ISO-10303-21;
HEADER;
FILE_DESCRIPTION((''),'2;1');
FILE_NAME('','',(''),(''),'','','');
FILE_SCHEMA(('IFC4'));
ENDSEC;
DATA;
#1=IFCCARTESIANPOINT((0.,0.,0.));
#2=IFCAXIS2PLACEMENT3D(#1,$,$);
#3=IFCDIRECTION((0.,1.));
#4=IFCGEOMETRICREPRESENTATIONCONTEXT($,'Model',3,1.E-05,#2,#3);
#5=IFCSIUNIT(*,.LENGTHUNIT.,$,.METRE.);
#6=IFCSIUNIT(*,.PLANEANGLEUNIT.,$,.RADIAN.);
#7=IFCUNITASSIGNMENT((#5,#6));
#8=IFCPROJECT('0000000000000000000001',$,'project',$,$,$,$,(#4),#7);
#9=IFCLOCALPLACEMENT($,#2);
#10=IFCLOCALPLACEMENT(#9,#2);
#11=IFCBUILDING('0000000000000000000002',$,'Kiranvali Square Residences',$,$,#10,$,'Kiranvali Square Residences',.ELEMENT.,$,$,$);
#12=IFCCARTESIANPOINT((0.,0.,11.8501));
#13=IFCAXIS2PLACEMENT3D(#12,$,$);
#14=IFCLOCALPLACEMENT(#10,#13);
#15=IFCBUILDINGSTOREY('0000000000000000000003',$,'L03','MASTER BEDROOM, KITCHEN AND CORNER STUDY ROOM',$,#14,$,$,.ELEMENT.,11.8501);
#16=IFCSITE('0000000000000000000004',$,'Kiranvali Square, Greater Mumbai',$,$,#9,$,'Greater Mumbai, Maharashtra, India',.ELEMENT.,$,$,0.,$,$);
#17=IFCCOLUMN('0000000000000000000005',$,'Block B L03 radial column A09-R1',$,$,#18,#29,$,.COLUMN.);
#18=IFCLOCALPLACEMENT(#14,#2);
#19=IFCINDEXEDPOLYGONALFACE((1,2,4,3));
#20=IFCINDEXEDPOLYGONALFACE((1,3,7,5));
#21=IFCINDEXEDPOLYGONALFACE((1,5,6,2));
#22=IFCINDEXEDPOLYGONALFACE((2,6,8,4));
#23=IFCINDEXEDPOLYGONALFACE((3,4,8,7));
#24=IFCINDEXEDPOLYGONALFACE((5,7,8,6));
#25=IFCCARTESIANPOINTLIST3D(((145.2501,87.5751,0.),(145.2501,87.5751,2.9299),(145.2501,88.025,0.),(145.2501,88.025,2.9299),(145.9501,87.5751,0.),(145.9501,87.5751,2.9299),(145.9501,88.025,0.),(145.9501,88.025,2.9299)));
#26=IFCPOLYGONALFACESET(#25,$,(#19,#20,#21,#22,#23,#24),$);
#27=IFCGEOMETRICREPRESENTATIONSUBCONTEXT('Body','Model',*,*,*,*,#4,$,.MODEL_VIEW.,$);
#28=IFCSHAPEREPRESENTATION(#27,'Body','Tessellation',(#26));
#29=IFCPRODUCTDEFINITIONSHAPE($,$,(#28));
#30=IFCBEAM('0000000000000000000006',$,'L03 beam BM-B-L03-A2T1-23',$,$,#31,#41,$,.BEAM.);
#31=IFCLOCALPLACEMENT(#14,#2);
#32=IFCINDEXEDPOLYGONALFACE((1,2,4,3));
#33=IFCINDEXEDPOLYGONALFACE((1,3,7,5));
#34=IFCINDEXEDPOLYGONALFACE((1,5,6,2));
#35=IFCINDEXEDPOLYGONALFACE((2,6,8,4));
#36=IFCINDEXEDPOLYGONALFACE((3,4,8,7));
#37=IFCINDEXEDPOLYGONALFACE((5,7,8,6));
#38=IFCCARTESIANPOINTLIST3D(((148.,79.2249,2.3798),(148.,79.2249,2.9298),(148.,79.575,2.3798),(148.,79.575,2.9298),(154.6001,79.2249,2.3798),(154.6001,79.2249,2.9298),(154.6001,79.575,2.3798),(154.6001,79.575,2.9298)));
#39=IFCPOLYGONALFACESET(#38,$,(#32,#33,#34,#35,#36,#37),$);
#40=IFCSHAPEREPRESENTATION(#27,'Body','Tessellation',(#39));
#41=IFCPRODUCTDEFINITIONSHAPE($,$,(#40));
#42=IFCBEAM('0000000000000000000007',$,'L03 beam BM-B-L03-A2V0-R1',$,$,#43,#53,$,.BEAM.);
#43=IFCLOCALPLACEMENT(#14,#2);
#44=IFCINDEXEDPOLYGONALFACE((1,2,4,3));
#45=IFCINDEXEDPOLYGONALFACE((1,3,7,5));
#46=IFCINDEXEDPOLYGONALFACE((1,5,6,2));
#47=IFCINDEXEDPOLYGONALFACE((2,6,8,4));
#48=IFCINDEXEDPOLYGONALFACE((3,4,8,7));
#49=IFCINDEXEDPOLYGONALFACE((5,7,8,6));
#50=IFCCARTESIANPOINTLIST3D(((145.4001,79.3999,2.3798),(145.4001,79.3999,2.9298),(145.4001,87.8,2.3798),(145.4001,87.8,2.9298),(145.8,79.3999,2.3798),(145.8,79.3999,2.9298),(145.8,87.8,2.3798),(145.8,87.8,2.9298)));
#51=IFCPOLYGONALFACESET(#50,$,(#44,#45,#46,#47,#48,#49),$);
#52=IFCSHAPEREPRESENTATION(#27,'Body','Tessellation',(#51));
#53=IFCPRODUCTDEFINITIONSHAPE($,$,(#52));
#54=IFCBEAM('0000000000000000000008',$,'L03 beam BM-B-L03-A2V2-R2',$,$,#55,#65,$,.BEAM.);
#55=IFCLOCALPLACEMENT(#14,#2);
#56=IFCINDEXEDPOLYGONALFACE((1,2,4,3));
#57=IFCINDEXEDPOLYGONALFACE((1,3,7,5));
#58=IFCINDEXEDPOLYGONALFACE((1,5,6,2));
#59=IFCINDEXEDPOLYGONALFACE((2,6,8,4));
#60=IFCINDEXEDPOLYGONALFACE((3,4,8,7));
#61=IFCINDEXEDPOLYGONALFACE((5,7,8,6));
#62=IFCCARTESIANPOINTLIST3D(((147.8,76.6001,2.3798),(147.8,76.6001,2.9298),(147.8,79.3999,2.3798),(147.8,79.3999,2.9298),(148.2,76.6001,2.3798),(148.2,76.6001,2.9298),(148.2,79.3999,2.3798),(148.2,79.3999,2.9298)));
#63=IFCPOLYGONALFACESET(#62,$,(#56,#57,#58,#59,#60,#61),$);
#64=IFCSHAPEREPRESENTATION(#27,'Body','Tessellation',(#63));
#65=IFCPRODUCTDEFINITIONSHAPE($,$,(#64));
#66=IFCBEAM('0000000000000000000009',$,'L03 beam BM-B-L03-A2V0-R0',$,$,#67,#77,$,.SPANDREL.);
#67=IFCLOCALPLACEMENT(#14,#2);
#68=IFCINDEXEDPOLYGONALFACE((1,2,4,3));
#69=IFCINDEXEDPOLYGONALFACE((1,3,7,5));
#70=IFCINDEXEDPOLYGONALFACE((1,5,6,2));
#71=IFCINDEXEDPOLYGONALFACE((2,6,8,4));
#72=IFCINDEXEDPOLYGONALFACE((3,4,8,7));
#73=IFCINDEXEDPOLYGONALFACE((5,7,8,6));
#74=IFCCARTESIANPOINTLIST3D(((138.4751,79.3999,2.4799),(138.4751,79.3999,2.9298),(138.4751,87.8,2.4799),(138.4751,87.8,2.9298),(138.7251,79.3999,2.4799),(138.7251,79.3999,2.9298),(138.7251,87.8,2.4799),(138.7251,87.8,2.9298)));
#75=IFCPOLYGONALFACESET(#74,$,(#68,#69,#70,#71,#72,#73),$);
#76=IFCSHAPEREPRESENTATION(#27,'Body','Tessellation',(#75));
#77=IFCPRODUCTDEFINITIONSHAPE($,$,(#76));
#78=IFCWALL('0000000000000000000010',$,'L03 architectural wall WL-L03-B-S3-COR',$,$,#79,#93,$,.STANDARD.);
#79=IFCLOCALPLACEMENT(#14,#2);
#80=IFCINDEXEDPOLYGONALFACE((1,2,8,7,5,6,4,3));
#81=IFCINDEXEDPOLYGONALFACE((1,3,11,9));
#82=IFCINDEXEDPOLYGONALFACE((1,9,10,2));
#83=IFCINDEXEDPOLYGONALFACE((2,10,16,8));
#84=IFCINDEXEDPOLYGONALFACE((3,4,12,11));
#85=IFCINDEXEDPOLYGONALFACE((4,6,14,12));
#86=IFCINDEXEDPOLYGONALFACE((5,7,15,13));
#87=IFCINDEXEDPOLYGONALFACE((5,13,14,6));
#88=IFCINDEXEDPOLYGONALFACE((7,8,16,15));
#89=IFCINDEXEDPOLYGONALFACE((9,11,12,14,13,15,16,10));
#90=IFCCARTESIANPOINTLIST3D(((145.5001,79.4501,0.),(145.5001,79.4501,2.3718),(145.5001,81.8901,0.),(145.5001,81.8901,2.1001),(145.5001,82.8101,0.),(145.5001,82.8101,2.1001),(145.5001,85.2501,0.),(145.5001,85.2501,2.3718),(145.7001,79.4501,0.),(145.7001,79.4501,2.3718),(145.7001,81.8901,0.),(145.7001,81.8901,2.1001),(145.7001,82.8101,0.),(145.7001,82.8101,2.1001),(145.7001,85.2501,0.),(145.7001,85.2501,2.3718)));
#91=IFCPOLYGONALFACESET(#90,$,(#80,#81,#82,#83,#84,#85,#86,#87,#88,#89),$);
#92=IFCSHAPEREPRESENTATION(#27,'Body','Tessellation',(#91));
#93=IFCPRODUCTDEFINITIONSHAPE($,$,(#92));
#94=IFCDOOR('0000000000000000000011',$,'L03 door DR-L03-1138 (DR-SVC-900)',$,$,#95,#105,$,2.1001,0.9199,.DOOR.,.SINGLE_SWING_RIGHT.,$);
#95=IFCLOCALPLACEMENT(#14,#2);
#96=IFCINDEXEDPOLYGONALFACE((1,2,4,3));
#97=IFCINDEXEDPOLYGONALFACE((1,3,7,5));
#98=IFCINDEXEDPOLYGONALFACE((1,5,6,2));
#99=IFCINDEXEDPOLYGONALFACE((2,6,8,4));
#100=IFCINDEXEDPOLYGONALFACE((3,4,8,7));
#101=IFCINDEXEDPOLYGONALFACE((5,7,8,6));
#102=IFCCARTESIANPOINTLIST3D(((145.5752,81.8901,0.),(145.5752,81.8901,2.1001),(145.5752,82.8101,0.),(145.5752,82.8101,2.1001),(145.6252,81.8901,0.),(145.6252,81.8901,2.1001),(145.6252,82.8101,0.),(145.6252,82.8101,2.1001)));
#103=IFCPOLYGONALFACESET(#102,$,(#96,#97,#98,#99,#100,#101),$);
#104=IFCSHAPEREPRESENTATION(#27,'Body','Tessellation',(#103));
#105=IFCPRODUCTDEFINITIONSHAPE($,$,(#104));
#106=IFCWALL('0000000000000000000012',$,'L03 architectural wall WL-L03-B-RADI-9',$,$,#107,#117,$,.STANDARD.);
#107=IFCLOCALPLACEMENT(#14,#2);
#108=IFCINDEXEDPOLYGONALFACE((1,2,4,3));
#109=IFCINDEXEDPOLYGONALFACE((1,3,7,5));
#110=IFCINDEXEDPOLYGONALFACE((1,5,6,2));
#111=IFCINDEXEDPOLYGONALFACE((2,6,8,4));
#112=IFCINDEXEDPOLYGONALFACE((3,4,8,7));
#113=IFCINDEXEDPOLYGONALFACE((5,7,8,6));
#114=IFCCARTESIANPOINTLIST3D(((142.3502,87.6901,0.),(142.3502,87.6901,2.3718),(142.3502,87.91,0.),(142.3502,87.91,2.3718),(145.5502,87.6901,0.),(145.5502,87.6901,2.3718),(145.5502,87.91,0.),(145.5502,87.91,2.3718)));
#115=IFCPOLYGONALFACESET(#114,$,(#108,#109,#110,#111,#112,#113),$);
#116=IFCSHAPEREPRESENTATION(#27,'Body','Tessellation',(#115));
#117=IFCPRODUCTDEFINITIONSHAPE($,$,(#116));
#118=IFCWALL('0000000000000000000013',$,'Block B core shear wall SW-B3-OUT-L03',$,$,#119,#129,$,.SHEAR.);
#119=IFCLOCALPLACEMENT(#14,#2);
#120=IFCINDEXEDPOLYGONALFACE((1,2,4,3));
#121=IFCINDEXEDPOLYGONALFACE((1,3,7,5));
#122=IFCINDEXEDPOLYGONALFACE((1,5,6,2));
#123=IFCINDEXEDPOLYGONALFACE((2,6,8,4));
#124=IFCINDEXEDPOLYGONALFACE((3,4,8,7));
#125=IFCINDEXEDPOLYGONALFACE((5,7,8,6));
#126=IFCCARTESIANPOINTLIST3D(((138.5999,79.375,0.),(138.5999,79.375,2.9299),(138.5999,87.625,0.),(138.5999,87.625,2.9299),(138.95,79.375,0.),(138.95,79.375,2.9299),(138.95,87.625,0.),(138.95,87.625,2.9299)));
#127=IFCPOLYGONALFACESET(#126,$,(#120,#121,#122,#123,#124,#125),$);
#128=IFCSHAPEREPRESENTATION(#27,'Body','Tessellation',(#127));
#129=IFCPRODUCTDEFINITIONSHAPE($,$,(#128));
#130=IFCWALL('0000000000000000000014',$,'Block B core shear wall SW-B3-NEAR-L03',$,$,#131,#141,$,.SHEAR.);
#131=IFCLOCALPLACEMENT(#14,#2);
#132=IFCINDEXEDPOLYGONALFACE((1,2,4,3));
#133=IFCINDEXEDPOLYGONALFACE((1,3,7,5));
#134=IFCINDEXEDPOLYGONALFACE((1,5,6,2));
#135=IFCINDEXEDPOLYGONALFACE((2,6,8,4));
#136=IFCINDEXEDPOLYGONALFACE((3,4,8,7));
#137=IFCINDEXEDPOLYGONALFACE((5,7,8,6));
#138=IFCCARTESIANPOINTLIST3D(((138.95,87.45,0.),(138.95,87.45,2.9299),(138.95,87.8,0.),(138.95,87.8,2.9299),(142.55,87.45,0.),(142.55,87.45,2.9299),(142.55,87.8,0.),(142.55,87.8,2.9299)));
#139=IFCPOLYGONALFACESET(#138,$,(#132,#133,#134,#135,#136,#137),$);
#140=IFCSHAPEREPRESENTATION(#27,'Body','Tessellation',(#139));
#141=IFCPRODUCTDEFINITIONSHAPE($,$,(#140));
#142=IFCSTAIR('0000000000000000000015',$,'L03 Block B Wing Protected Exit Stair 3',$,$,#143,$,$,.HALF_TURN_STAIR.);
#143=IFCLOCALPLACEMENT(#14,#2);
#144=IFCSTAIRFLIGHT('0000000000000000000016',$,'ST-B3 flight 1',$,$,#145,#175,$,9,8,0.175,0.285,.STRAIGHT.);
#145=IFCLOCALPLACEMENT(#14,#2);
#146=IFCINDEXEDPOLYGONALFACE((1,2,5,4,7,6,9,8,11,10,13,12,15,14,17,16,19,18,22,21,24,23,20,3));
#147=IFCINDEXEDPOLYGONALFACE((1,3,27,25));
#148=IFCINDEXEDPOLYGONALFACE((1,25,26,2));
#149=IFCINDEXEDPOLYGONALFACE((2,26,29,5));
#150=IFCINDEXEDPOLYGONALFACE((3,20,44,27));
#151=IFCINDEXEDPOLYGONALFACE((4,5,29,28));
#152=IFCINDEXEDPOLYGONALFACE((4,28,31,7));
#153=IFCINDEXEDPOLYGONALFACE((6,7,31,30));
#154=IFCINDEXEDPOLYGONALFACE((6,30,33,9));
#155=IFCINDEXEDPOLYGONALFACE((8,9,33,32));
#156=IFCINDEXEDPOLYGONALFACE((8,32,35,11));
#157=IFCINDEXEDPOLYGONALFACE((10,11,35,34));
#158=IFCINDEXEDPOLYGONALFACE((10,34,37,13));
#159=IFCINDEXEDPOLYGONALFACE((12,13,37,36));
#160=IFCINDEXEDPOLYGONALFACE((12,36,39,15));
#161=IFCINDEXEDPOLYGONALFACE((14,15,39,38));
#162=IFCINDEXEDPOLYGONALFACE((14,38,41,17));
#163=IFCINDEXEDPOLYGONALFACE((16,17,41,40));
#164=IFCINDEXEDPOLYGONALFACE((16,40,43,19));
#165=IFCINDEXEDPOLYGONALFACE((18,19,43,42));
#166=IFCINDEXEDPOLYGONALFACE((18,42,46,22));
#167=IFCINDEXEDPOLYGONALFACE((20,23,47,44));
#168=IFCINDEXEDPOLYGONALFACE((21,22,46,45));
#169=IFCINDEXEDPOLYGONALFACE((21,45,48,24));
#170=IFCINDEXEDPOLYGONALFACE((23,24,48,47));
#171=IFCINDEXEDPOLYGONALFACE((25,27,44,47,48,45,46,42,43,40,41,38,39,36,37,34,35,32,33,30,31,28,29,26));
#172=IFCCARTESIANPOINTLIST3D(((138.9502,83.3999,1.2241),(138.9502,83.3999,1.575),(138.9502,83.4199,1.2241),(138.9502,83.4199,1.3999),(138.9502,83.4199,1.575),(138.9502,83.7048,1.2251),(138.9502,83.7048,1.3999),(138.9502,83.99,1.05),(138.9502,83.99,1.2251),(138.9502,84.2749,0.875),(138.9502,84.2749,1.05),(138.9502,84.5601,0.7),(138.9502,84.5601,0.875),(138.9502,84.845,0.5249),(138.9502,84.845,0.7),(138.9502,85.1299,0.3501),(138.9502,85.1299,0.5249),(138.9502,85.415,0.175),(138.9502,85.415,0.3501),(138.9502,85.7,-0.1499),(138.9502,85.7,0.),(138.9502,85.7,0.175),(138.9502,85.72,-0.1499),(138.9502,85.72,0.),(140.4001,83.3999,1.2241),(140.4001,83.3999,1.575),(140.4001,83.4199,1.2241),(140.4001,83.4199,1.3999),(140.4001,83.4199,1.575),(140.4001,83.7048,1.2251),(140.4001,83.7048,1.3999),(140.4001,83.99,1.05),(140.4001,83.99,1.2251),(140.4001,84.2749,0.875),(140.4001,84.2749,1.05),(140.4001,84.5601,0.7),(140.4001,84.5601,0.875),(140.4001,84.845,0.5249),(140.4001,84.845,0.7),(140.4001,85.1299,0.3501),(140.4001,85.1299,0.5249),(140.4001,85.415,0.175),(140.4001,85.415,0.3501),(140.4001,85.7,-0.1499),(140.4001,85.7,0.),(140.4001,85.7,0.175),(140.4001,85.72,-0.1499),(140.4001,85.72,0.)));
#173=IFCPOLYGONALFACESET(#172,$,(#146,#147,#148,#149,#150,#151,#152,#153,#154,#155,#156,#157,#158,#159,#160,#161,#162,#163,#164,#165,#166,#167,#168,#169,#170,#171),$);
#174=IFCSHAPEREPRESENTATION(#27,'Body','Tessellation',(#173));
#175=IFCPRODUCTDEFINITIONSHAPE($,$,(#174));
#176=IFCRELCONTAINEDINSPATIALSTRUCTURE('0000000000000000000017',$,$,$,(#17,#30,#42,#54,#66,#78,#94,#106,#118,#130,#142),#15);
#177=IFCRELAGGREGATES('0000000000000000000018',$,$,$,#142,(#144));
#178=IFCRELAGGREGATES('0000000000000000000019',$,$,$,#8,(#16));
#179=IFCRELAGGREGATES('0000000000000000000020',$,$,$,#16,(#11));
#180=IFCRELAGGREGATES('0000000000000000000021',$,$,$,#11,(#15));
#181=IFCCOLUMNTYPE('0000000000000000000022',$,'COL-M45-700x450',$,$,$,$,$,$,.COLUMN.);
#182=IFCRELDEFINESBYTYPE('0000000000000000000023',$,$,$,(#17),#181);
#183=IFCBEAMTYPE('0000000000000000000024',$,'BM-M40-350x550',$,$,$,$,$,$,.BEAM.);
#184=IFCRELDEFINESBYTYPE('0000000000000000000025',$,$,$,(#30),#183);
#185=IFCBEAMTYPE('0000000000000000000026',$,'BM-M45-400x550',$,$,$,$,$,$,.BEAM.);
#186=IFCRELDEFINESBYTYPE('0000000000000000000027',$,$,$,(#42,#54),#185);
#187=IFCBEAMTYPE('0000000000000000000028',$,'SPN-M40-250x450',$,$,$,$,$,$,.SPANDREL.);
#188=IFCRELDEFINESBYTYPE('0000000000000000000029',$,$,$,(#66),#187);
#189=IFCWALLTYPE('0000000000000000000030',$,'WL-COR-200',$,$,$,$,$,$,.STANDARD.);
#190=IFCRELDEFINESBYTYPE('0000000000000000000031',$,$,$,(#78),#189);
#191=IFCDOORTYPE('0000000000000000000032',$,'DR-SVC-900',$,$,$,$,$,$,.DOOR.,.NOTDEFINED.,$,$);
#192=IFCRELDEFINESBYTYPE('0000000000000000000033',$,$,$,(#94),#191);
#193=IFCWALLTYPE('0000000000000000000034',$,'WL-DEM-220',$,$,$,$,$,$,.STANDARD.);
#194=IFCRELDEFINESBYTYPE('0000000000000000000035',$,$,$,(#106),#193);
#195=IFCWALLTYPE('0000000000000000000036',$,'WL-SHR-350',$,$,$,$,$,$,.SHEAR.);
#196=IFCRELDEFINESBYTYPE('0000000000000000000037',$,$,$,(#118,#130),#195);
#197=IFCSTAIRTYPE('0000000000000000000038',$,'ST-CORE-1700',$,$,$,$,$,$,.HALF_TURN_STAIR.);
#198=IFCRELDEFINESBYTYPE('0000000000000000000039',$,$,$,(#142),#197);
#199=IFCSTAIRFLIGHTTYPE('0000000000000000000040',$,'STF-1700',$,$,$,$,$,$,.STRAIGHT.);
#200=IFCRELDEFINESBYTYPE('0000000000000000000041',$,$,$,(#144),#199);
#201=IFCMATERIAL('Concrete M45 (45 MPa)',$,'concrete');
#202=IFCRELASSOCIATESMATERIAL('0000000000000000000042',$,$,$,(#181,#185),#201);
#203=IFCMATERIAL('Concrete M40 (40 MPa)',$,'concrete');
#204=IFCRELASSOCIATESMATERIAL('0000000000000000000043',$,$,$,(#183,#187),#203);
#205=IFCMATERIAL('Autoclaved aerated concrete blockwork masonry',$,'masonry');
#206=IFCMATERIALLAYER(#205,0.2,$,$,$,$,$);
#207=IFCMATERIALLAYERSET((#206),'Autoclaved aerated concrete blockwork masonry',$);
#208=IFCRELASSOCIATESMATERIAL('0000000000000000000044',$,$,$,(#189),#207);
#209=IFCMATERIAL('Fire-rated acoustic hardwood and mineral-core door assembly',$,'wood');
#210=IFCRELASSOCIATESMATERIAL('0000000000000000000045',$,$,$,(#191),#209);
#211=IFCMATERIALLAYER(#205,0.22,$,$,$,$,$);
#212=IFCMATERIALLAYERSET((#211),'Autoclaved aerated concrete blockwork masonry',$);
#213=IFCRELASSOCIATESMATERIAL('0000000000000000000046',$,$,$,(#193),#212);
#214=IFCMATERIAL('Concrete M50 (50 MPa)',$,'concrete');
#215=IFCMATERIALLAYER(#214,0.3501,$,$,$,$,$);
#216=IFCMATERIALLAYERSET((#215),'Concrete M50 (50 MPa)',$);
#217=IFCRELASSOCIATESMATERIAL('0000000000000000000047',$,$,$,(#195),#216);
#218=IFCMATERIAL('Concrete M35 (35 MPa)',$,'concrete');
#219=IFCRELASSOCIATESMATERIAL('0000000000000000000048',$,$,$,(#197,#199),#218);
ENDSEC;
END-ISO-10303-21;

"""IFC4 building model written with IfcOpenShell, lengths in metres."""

from ifc_helpers import new_model, si_unit, direction, frame, frame_2d, origin, origin_2d, place, context, subcontext, project, spatial, polyline, rectangle, outline, extrude, material, layer, layer_set, material_profile, profile_set, type_object, element, fill, aggregate, save


model = new_model("IFC4")

# Units and contexts
model_context = context("Model", 3, precision=1e-05, world=origin(), true_north=direction((0.0, 1.0)))
body_context = subcontext(model_context, "Body", "Model", "MODEL_VIEW")
ifc_project = project(units=[si_unit("LENGTHUNIT", "METRE"), si_unit("PLANEANGLEUNIT", "RADIAN")], contexts=[model_context])

# Site, building, storey
site_placement = place(None, origin())
site = spatial("IfcSite", under=ifc_project, at=site_placement, Name="Kiranvali Square, Greater Mumbai", LongName="Greater Mumbai, Maharashtra, India", CompositionType="ELEMENT", RefElevation=0.0)
building_placement = place(site_placement, origin())
building = spatial("IfcBuilding", under=site, at=building_placement, Name="Kiranvali Square Residences", LongName="Kiranvali Square Residences", CompositionType="ELEMENT")
storey_placement = place(building_placement, frame((0.0, 0.0, 11.8501)))
storey = spatial("IfcBuildingStorey", under=building, at=storey_placement, Name="L03", Description="MASTER BEDROOM, KITCHEN AND CORNER STUDY ROOM", CompositionType="ELEMENT", Elevation=11.8501)

# Column
ifc_material_1 = material(Name="Concrete M45 (45 MPa)", Category="concrete")
ifc_material_profile_1 = material_profile(ifc_material_1, rectangle(XDim=0.45, YDim=0.7, at=origin_2d()), Name="RC 700x450")
ifc_profile_set_1 = profile_set([ifc_material_profile_1], Name="Concrete M45 (45 MPa)")
column_type = type_object("IfcColumnType", Name="COL-M45-700x450", PredefinedType="COLUMN", material=ifc_profile_set_1)
column_placement = place(storey_placement, frame((145.6001, 87.8, 0.0), z_axis=(0.0, 0.0, 1.0), x_axis=(0.0, 1.0, 0.0)))
element("IfcColumn", 1, at=column_placement, inside=storey, type_object=column_type, Name="Block B L03 radial column A09-R1", PredefinedType="COLUMN", context=body_context, shape_type="SweptSolid", body=[
    extrude(rectangle(XDim=0.45, YDim=0.7, at=origin_2d()), origin(), (0.0, 0.0, 1.0), 2.9299),
])

# Beams
ifc_material_2 = material(Name="Concrete M40 (40 MPa)", Category="concrete")
ifc_material_profile_2 = material_profile(ifc_material_2, rectangle(XDim=0.3501, YDim=0.55, at=origin_2d()), Name="RC 350x550")
ifc_profile_set_2 = profile_set([ifc_material_profile_2], Name="Concrete M40 (40 MPa)")
beam_type_1 = type_object("IfcBeamType", Name="BM-M40-350x550", PredefinedType="BEAM", material=ifc_profile_set_2)
beam_1_placement = place(storey_placement, frame((148.0, 79.3999, 2.6548), z_axis=(1.0, 0.0, 0.0), x_axis=(0.0, 1.0, 0.0)))
element("IfcBeam", 2, at=beam_1_placement, inside=storey, type_object=beam_type_1, Name="L03 beam BM-B-L03-A2T1-23", PredefinedType="BEAM", context=body_context, shape_type="SweptSolid", body=[
    extrude(rectangle(XDim=0.3501, YDim=0.55, at=origin_2d()), origin(), (0.0, 0.0, 1.0), 6.6001),
])
ifc_material_profile_3 = material_profile(ifc_material_1, rectangle(XDim=0.3999, YDim=0.55, at=origin_2d()), Name="RC 400x550")
ifc_profile_set_3 = profile_set([ifc_material_profile_3], Name="Concrete M45 (45 MPa)")
beam_type_2 = type_object("IfcBeamType", Name="BM-M45-400x550", PredefinedType="BEAM", material=ifc_profile_set_3)
beam_2_placement = place(storey_placement, frame((145.6001, 87.8, 2.6548), z_axis=(0.0, -1.0, 0.0), x_axis=(1.0, 0.0, 0.0)))
element("IfcBeam", 3, at=beam_2_placement, inside=storey, type_object=beam_type_2, Name="L03 beam BM-B-L03-A2V0-R1", PredefinedType="BEAM", context=body_context, shape_type="SweptSolid", body=[
    extrude(rectangle(XDim=0.3999, YDim=0.55, at=origin_2d()), origin(), (0.0, 0.0, 1.0), 8.4001),
])
beam_3_placement = place(storey_placement, frame((148.0, 79.3999, 2.6548), z_axis=(0.0, -1.0, 0.0), x_axis=(1.0, 0.0, 0.0)))
element("IfcBeam", 4, at=beam_3_placement, inside=storey, type_object=beam_type_2, Name="L03 beam BM-B-L03-A2V2-R2", PredefinedType="BEAM", context=body_context, shape_type="SweptSolid", body=[
    extrude(rectangle(XDim=0.3999, YDim=0.55, at=origin_2d()), origin(), (0.0, 0.0, 1.0), 2.7998),
])
ifc_material_profile_4 = material_profile(ifc_material_2, rectangle(XDim=0.25, YDim=0.45, at=origin_2d()), Name="RC 250x450")
ifc_profile_set_4 = profile_set([ifc_material_profile_4], Name="Concrete M40 (40 MPa)")
beam_type_3 = type_object("IfcBeamType", Name="SPN-M40-250x450", PredefinedType="SPANDREL", material=ifc_profile_set_4)
beam_4_placement = place(storey_placement, frame((138.6001, 87.8, 2.7048), z_axis=(0.0, -1.0, 0.0), x_axis=(1.0, 0.0, 0.0)))
element("IfcBeam", 5, at=beam_4_placement, inside=storey, type_object=beam_type_3, Name="L03 beam BM-B-L03-A2V0-R0", PredefinedType="SPANDREL", context=body_context, shape_type="SweptSolid", body=[
    extrude(rectangle(XDim=0.25, YDim=0.45, at=origin_2d()), origin(), (0.0, 0.0, 1.0), 8.4001),
])

# Wall, opening, door
ifc_material_3 = material(Name="Autoclaved aerated concrete blockwork masonry", Category="masonry")
ifc_layer_1 = layer(ifc_material_3, 0.2)
ifc_layer_set_1 = layer_set([ifc_layer_1], Name="Autoclaved aerated concrete blockwork masonry")
wall_type_1 = type_object("IfcWallType", Name="WL-COR-200", PredefinedType="STANDARD", material=ifc_layer_set_1)
ifc_material_4 = material(Name="Fire-rated acoustic hardwood and mineral-core door assembly", Category="wood")
wall_1_placement = place(storey_placement, frame((145.6001, 85.25, 0.0), z_axis=(0.0, 0.0, 1.0), x_axis=(0.0, -1.0, 0.0)))
wall_1 = element("IfcWall", 6, at=wall_1_placement, inside=storey, type_object=wall_type_1, Name="L03 architectural wall WL-L03-B-S3-COR", PredefinedType="STANDARD", context=body_context, shape_type="SweptSolid", body=[
    extrude(rectangle(XDim=5.8, YDim=0.2, at=frame_2d((2.8999, 0.0))), origin(), (0.0, 0.0, 1.0), 2.3718),
])
opening_1_placement = place(wall_1_placement, frame((2.4399, 0.0, 0.0)))
opening_1 = element("IfcOpeningElement", 7, at=opening_1_placement, cuts=wall_1, PredefinedType="OPENING", context=body_context, shape_type="SweptSolid", body=[
    extrude(rectangle(XDim=0.9199, YDim=2.1001, at=frame_2d((0.46, 1.05))), frame((0.0, 0.1099, 0.0), z_axis=(0.0, -1.0, 0.0), x_axis=(1.0, 0.0, 0.0)), (0.0, 0.0, 1.0), 0.22),
])
door_type_1 = type_object("IfcDoorType", Name="DR-SVC-900", OperationType="NOTDEFINED", PredefinedType="DOOR", material=ifc_material_4)
door_1_placement = place(opening_1_placement, frame((0.9199, 0.0, 0.0), z_axis=(0.0, 0.0, 1.0), x_axis=(-1.0, 0.0, 0.0)))
door_1 = element("IfcDoor", 8, at=door_1_placement, inside=storey, type_object=door_type_1, Name="L03 door DR-L03-1138 (DR-SVC-900)", OperationType="SINGLE_SWING_RIGHT", OverallHeight=2.1001, OverallWidth=0.9199, PredefinedType="DOOR", context=body_context, shape_type="SweptSolid", body=[
    extrude(rectangle(XDim=0.9199, YDim=2.1001, at=frame_2d((0.46, 1.05))), frame((0.0, 0.0249, 0.0), z_axis=(0.0, -1.0, 0.0), x_axis=(1.0, 0.0, 0.0)), (0.0, 0.0, 1.0), 0.05),
])
fill(opening_1, door_1)

# Walls
ifc_layer_2 = layer(ifc_material_3, 0.22)
ifc_layer_set_2 = layer_set([ifc_layer_2], Name="Autoclaved aerated concrete blockwork masonry")
wall_type_2 = type_object("IfcWallType", Name="WL-DEM-220", PredefinedType="STANDARD", material=ifc_layer_set_2)
wall_2_placement = place(storey_placement, frame((142.3501, 87.8, 0.0), z_axis=(0.0, 0.0, 1.0), x_axis=(1.0, 0.0, 0.0)))
element("IfcWall", 9, at=wall_2_placement, inside=storey, type_object=wall_type_2, Name="L03 architectural wall WL-L03-B-RADI-9", PredefinedType="STANDARD", context=body_context, shape_type="SweptSolid", body=[
    extrude(rectangle(XDim=3.2, YDim=0.22, at=frame_2d((1.6001, 0.0))), origin(), (0.0, 0.0, 1.0), 2.3718),
])
ifc_material_5 = material(Name="Concrete M50 (50 MPa)", Category="concrete")
ifc_layer_3 = layer(ifc_material_5, 0.3501)
ifc_layer_set_3 = layer_set([ifc_layer_3], Name="Concrete M50 (50 MPa)")
wall_type_3 = type_object("IfcWallType", Name="WL-SHR-350", PredefinedType="SHEAR", material=ifc_layer_set_3)
wall_3_placement = place(storey_placement, frame((138.7749, 87.625, 0.0), z_axis=(0.0, 0.0, 1.0), x_axis=(0.0, -1.0, 0.0)))
element("IfcWall", 10, at=wall_3_placement, inside=storey, type_object=wall_type_3, Name="Block B core shear wall SW-B3-OUT-L03", PredefinedType="SHEAR", context=body_context, shape_type="SweptSolid", body=[
    extrude(rectangle(XDim=8.25, YDim=0.3501, at=frame_2d((4.125, 0.0))), origin(), (0.0, 0.0, 1.0), 2.9299),
])

# Wall
wall_4_placement = place(storey_placement, frame((138.95, 87.625, 0.0), z_axis=(0.0, 0.0, 1.0), x_axis=(1.0, 0.0, 0.0)))
element("IfcWall", 11, at=wall_4_placement, inside=storey, type_object=wall_type_3, Name="Block B core shear wall SW-B3-NEAR-L03", PredefinedType="SHEAR", context=body_context, shape_type="SweptSolid", body=[
    extrude(rectangle(XDim=3.6001, YDim=0.3501, at=frame_2d((1.8, 0.0))), origin(), (0.0, 0.0, 1.0), 2.9299),
])

# Stair, stair flight
ifc_material_6 = material(Name="Concrete M35 (35 MPa)", Category="concrete")
stair_type = type_object("IfcStairType", Name="ST-CORE-1700", PredefinedType="HALF_TURN_STAIR", material=ifc_material_6)
stair_placement = place(storey_placement, origin())
stair = element("IfcStair", 12, at=stair_placement, inside=storey, type_object=stair_type, Name="L03 Block B Wing Protected Exit Stair 3", PredefinedType="HALF_TURN_STAIR")
stair_flight_type = type_object("IfcStairFlightType", Name="STF-1700", PredefinedType="STRAIGHT", material=ifc_material_6)
stair_flight_1_placement = place(storey_placement, frame((139.675, 85.7, 0.0), z_axis=(0.0, 0.0, 1.0), x_axis=(0.0, -1.0, 0.0)))
stair_flight_1 = element("IfcStairFlight", 13, at=stair_flight_1_placement, type_object=stair_flight_type, Name="ST-B3 flight 1", NumberOfRisers=9, NumberOfTreads=8, PredefinedType="STRAIGHT", RiserHeight=0.175, TreadLength=0.285, context=body_context, shape_type="SweptSolid", body=[
    extrude(outline(polyline([(-0.02, -0.1499), (-0.02, 0.0), (0.0, 0.0), (0.0, 0.175), (0.2849, 0.175), (0.2849, 0.3501), (0.5701, 0.3501), (0.5701, 0.5249), (0.855, 0.5249), (0.855, 0.7), (1.1399, 0.7), (1.1399, 0.875), (1.425, 0.875), (1.425, 1.05), (1.71, 1.05), (1.71, 1.2251), (1.9951, 1.2251), (1.9951, 1.3999), (2.28, 1.3999), (2.28, 1.575), (2.3, 1.575), (2.3, 1.2241), (2.28, 1.2241), (0.0, -0.1499), (-0.02, -0.1499)])), frame((0.0, 0.7251, 0.0), z_axis=(0.0, -1.0, 0.0), x_axis=(1.0, 0.0, 0.0)), (0.0, 0.0, 1.0), 1.45),
])
aggregate(stair, [stair_flight_1])

save(model, "model.ifc")
